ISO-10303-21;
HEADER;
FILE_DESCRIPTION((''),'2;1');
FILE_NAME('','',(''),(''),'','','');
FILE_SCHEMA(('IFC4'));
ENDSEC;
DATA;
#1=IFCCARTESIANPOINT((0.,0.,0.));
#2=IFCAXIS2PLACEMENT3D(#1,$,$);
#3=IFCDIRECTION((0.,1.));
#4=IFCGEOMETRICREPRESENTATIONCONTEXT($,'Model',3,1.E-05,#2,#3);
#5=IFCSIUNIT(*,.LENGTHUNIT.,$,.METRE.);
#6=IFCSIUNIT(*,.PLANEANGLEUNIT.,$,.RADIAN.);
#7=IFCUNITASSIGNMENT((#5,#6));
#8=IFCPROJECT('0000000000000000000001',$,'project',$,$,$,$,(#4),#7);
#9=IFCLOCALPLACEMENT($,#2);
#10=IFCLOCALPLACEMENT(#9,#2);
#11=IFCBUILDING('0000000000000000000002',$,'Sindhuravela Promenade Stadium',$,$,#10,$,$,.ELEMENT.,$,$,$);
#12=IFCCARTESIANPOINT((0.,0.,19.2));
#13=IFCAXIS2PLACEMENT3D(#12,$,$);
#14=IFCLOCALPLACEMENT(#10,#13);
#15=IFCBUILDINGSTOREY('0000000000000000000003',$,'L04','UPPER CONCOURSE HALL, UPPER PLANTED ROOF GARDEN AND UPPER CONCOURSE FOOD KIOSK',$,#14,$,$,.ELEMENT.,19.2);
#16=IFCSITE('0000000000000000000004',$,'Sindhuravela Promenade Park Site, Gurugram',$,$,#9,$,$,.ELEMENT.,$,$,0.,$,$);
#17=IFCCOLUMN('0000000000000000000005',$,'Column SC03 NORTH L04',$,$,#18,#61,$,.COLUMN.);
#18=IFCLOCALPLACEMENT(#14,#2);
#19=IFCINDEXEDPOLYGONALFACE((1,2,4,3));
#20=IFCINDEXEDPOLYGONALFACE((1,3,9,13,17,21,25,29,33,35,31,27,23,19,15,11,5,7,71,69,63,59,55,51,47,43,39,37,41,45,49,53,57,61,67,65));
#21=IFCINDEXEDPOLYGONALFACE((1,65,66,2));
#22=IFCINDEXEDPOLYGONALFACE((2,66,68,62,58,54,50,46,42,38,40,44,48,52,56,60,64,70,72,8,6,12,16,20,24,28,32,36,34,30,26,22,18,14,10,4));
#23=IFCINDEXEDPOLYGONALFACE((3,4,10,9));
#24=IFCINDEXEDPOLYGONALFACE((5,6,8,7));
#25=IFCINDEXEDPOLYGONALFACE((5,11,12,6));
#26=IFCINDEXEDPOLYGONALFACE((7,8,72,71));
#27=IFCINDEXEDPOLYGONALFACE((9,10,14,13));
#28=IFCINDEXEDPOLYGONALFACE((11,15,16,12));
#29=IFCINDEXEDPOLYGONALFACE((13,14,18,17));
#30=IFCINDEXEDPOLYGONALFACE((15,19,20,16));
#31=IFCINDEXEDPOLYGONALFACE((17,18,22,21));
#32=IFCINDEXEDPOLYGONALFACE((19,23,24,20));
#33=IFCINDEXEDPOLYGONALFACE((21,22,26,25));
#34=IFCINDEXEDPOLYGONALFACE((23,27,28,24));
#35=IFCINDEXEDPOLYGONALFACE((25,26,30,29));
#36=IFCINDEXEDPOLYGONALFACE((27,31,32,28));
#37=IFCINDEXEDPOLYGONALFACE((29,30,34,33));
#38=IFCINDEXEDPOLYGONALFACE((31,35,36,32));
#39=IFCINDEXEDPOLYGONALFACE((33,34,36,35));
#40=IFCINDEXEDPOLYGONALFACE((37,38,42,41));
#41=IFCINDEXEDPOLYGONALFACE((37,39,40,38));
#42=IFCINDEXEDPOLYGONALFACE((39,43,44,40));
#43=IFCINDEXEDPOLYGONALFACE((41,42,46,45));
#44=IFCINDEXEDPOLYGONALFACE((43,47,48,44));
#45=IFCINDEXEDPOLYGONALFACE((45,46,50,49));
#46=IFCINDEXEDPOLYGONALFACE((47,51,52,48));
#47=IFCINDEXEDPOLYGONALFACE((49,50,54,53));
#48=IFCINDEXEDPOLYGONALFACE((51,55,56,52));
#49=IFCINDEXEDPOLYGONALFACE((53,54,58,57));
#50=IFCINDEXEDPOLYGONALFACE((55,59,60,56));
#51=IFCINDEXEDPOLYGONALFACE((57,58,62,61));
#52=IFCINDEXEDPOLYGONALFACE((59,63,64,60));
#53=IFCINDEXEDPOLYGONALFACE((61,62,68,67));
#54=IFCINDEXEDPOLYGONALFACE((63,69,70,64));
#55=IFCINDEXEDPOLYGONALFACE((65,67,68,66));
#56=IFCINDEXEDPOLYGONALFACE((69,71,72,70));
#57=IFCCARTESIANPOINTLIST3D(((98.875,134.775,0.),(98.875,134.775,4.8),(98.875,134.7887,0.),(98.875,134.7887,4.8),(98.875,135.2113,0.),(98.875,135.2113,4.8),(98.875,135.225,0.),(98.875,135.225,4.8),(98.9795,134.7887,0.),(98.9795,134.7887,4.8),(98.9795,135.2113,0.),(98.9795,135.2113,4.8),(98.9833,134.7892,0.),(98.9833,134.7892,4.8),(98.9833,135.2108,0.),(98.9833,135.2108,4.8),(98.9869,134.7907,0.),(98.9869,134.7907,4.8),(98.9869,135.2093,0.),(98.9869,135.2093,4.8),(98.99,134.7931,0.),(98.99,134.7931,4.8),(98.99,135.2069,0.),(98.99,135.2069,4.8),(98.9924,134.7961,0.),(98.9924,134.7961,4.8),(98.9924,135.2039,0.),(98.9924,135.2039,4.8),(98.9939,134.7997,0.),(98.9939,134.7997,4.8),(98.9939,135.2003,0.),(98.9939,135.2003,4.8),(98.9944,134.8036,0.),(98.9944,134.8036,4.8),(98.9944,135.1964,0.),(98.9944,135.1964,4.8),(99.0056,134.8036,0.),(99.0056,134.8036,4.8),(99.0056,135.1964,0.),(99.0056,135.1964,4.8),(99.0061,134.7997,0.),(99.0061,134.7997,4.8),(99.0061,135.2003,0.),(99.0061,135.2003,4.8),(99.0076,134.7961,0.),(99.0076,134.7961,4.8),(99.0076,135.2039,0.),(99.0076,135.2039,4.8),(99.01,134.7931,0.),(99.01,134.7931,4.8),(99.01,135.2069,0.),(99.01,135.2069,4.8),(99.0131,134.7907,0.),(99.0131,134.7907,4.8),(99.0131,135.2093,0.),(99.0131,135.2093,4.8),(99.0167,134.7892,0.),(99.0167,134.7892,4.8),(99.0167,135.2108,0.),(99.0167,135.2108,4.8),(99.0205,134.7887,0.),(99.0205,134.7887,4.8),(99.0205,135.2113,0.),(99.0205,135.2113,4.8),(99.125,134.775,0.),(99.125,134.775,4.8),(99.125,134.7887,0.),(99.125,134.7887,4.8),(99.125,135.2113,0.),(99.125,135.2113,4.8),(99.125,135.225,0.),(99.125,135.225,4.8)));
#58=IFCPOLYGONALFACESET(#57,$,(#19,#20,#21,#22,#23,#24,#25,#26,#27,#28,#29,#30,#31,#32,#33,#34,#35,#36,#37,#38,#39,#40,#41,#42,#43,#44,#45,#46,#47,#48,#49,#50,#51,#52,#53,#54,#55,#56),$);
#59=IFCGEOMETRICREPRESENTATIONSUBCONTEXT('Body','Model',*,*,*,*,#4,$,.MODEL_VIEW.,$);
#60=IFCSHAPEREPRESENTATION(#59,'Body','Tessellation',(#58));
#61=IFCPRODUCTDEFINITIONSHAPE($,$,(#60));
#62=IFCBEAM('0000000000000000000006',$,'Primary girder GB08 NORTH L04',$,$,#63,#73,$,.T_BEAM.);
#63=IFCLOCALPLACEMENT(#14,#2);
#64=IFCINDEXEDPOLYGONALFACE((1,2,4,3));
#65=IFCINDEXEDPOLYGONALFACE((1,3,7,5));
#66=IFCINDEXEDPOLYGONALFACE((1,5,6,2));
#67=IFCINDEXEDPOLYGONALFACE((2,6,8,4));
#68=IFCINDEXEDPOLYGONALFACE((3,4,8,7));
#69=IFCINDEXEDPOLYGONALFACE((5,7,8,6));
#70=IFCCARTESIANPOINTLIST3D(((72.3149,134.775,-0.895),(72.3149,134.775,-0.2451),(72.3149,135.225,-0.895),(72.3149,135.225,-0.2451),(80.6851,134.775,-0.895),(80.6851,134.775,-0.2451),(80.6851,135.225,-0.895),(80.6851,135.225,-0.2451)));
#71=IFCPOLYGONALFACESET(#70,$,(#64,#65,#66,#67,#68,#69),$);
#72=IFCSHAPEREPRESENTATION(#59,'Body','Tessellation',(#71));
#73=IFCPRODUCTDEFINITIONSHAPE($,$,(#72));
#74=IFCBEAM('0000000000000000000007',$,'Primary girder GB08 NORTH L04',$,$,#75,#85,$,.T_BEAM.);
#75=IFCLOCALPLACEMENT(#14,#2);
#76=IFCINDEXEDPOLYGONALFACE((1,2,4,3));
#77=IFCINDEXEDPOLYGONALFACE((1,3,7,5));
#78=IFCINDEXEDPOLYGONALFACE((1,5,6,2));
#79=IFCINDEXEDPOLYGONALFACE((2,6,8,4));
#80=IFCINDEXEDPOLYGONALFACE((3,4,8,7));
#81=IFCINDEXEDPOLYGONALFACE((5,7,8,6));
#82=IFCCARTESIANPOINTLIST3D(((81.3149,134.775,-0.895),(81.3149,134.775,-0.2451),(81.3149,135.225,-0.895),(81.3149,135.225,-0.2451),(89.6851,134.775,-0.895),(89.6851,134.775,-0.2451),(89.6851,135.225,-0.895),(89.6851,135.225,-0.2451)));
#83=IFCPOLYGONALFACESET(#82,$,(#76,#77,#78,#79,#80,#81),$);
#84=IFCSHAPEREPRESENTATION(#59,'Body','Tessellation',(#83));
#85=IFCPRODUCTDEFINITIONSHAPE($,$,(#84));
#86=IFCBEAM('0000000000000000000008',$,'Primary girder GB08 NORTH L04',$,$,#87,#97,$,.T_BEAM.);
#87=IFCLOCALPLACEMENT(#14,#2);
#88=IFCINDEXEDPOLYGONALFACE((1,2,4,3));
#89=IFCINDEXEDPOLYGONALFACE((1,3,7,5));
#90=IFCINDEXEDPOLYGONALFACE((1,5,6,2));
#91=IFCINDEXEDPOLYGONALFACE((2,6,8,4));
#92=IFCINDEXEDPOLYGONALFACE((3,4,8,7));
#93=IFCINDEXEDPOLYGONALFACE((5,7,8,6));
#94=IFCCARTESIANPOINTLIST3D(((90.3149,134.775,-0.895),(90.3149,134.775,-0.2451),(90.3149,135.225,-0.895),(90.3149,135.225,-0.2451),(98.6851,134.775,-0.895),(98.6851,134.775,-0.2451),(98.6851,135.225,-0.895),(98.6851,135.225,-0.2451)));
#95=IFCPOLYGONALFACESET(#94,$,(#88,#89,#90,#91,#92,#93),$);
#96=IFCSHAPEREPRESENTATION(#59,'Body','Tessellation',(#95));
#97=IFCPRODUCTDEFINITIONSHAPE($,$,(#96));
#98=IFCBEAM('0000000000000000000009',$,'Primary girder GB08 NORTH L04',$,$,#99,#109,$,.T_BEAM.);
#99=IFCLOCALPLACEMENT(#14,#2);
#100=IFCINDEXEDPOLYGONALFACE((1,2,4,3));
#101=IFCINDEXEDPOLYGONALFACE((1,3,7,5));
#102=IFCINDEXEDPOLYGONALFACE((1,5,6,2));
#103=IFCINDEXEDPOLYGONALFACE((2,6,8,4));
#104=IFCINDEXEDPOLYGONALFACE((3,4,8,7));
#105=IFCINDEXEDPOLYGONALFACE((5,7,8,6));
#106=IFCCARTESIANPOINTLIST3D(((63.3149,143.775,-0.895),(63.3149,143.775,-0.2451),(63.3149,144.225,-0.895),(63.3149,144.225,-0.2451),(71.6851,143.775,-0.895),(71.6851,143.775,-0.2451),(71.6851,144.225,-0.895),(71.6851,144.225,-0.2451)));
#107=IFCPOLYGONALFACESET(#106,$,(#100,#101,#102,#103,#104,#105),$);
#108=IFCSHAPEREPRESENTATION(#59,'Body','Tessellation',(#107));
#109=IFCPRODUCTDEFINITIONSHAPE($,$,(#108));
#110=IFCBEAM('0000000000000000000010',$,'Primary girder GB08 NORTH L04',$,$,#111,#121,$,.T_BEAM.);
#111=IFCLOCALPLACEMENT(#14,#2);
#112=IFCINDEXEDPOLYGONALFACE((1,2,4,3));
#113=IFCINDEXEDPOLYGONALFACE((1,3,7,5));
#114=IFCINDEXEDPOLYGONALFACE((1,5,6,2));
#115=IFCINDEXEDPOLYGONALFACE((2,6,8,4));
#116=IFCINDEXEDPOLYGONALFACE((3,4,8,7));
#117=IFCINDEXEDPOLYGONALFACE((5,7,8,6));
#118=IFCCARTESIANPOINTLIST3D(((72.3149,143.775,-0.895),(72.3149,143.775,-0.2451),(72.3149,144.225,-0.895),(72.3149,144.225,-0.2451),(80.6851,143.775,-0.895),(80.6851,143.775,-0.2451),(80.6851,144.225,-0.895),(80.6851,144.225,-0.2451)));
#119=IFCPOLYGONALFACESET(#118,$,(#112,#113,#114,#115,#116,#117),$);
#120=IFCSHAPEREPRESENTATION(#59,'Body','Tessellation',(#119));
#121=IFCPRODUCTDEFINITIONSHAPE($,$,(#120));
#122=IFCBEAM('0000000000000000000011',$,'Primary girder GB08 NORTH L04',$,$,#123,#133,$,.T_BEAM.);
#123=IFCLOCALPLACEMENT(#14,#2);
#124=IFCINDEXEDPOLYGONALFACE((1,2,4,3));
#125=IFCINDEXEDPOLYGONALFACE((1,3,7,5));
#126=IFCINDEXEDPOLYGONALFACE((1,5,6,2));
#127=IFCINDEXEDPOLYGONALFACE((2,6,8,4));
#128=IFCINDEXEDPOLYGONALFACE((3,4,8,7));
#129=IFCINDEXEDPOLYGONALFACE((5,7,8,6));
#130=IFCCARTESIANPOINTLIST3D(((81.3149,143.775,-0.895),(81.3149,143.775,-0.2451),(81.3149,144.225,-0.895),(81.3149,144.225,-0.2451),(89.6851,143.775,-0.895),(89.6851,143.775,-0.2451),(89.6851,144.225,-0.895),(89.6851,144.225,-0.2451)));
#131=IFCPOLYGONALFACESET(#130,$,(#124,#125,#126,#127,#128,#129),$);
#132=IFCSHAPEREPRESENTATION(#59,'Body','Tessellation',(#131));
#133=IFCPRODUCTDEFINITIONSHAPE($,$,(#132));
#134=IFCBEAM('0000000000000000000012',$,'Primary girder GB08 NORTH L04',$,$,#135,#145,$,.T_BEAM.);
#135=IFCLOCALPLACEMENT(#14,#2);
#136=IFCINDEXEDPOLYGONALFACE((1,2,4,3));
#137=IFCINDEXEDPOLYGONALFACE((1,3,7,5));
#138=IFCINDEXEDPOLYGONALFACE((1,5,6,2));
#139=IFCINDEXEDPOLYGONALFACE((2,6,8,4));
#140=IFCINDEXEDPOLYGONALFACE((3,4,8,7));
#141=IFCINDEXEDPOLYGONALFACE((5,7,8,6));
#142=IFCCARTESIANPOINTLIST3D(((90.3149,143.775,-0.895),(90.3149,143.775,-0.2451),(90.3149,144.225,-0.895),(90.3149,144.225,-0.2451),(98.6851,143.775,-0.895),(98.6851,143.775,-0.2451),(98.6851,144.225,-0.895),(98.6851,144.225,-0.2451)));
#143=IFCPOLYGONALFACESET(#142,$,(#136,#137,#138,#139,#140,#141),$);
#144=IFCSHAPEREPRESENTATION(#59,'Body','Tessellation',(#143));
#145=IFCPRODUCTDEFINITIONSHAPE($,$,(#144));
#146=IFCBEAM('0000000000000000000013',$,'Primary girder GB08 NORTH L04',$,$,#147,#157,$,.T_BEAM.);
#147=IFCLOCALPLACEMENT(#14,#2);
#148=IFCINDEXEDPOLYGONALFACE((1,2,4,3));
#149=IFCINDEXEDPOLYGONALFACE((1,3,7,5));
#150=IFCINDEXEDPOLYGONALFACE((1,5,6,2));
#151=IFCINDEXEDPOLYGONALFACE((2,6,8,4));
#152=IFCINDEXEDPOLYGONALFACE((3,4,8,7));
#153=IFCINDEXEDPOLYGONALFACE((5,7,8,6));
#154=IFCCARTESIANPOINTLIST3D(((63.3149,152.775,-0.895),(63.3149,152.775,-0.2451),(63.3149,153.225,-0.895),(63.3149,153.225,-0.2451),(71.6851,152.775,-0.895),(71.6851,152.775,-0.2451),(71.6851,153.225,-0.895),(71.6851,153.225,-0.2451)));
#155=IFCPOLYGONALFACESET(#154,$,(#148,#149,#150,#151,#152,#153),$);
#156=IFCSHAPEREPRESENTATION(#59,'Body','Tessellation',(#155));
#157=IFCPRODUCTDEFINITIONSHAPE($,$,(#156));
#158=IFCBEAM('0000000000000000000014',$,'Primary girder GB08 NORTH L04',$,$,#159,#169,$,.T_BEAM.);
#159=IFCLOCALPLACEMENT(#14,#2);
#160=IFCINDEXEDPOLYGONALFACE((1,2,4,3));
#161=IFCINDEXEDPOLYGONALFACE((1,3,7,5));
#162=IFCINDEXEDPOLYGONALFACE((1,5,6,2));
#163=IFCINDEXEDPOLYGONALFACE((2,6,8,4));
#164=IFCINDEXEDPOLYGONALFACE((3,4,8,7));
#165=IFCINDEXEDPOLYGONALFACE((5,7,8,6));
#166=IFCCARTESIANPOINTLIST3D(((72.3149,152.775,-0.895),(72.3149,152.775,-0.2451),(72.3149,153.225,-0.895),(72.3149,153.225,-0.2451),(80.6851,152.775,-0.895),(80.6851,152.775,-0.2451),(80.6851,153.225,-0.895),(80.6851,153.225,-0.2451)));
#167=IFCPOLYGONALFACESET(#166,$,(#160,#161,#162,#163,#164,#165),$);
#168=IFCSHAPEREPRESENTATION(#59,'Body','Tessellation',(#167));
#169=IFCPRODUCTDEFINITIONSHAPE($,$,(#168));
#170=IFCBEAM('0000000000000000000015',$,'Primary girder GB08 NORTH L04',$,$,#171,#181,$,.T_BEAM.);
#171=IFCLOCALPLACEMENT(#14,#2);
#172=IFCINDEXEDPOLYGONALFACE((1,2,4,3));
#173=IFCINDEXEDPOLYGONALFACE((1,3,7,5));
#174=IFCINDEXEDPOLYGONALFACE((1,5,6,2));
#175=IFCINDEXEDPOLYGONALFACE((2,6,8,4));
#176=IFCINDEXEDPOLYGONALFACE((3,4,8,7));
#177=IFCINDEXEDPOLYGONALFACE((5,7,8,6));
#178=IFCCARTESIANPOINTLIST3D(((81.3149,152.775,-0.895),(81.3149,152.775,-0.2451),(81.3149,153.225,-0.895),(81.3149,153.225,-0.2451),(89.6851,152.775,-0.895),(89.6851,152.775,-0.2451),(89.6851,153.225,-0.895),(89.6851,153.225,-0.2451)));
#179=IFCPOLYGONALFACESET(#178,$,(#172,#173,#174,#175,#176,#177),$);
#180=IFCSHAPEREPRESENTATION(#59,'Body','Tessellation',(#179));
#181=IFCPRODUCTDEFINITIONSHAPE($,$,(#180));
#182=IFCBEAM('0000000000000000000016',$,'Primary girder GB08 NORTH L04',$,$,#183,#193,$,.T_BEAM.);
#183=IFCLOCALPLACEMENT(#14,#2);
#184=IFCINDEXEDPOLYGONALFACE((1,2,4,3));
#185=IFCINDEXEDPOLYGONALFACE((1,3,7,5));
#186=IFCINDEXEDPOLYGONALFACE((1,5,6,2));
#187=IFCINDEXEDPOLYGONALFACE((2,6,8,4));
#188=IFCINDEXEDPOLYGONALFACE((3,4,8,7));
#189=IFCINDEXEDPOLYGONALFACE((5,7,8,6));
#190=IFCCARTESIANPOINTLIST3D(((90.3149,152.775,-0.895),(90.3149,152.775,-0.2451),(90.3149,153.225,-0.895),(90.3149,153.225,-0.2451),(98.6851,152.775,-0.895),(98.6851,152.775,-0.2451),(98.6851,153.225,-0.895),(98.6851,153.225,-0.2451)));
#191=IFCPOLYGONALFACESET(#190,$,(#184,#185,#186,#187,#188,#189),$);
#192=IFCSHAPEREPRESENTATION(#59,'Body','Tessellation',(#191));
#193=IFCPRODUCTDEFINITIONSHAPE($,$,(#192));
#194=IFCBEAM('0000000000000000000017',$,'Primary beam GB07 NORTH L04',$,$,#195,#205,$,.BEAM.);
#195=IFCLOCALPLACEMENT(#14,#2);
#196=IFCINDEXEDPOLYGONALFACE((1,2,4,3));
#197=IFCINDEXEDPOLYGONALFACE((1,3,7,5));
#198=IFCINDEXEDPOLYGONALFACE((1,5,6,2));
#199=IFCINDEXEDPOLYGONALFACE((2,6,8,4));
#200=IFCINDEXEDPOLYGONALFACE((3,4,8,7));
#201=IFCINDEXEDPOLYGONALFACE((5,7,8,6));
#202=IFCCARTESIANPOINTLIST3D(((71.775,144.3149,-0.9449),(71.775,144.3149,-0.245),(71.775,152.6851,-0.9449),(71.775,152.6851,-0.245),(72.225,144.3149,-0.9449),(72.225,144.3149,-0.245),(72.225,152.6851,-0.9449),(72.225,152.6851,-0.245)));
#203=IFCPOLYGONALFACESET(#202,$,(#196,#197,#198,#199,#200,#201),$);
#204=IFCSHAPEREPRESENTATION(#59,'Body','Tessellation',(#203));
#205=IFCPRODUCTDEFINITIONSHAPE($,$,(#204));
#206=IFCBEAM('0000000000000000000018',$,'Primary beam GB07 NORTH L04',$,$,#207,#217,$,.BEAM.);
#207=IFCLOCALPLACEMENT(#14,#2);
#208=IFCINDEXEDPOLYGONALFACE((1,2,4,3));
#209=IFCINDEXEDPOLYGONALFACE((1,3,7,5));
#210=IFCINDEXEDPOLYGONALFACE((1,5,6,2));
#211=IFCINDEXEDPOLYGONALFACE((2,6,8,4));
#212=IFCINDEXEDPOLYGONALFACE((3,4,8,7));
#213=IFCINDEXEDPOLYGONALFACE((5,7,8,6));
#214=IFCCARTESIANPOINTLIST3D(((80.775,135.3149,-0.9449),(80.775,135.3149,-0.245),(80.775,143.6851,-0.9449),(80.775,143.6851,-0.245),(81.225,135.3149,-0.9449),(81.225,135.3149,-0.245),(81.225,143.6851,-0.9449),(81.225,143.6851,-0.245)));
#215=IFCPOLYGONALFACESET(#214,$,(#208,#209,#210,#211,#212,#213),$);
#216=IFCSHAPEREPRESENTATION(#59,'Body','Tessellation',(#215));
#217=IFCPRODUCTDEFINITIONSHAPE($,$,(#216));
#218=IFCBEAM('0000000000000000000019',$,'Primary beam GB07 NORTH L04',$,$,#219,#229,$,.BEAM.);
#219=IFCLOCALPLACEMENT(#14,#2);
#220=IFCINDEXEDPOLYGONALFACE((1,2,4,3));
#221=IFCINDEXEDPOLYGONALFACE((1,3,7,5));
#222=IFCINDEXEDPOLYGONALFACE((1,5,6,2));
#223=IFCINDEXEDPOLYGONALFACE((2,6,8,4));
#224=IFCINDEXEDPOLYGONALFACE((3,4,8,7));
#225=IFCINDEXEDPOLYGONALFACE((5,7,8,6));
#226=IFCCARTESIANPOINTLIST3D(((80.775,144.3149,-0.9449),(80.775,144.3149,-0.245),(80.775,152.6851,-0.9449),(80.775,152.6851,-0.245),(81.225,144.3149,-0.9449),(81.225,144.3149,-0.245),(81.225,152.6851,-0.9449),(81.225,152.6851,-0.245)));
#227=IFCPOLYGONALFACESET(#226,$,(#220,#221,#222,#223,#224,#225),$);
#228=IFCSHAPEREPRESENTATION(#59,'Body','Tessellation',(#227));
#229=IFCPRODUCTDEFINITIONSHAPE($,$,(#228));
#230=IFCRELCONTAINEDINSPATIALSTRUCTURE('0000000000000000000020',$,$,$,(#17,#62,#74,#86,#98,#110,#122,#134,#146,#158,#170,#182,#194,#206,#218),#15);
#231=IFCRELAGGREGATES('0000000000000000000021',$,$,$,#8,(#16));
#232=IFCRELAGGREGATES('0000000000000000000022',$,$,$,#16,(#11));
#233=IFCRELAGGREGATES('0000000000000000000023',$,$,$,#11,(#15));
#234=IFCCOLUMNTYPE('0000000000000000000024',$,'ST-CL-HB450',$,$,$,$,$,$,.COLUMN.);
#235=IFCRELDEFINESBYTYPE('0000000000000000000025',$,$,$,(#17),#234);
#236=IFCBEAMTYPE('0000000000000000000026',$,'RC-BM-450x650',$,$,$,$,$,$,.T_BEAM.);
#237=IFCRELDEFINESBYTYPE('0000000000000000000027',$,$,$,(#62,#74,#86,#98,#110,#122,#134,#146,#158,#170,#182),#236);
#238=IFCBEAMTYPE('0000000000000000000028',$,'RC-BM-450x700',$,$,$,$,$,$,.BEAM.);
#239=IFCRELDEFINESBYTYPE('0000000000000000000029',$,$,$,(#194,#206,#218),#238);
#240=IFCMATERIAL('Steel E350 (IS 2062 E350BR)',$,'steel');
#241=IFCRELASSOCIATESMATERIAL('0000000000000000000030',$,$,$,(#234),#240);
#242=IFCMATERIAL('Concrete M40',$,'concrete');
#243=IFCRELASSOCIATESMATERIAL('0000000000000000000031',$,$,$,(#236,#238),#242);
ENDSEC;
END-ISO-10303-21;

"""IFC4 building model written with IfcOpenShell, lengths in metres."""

from ifc_helpers import new_model, si_unit, direction, frame, origin, origin_2d, place, context, subcontext, project, spatial, rectangle, i_section, extrude, material, material_profile, profile_set, type_object, element, save


model = new_model("IFC4")

# Units and contexts
model_context = context("Model", 3, precision=1e-05, world=origin(), true_north=direction((0.0, 1.0)))
body_context = subcontext(model_context, "Body", "Model", "MODEL_VIEW")
ifc_project = project(units=[si_unit("LENGTHUNIT", "METRE"), si_unit("PLANEANGLEUNIT", "RADIAN")], contexts=[model_context])

# Site, building, storey
site_placement = place(None, origin())
site = spatial("IfcSite", under=ifc_project, at=site_placement, Name="Sindhuravela Promenade Park Site, Gurugram", CompositionType="ELEMENT", RefElevation=0.0)
building_placement = place(site_placement, origin())
building = spatial("IfcBuilding", under=site, at=building_placement, Name="Sindhuravela Promenade Stadium", CompositionType="ELEMENT")
storey_placement = place(building_placement, frame((0.0, 0.0, 19.2)))
storey = spatial("IfcBuildingStorey", under=building, at=storey_placement, Name="L04", Description="UPPER CONCOURSE HALL, UPPER PLANTED ROOF GARDEN AND UPPER CONCOURSE FOOD KIOSK", CompositionType="ELEMENT", Elevation=19.2)

# Column
ifc_material_1 = material(Name="Steel E350 (IS 2062 E350BR)", Category="steel")
ifc_material_profile_1 = material_profile(ifc_material_1, i_section(OverallWidth=0.25, OverallDepth=0.45, WebThickness=0.0112, FlangeThickness=0.0137, FilletRadius=0.0149, at=origin_2d()), Name="ISHB 450")
ifc_profile_set_1 = profile_set([ifc_material_profile_1], Name="Steel E350 (IS 2062 E350BR)")
column_type_1 = type_object("IfcColumnType", Name="ST-CL-HB450", PredefinedType="COLUMN", material=ifc_profile_set_1)
column_placement = place(storey_placement, frame((99.0, 135.0, 0.0), z_axis=(0.0, 0.0, 1.0), x_axis=(1.0, 0.0, 0.0)))
element("IfcColumn", 1, at=column_placement, inside=storey, type_object=column_type_1, Name="Column SC03 NORTH L04", PredefinedType="COLUMN", context=body_context, shape_type="SweptSolid", body=[
    extrude(i_section(OverallWidth=0.25, OverallDepth=0.45, WebThickness=0.0112, FlangeThickness=0.0137, FilletRadius=0.0149, at=origin_2d()), origin(), (0.0, 0.0, 1.0), 4.8),
])

# Beams
ifc_material_2 = material(Name="Concrete M40", Category="concrete")
ifc_material_profile_2 = material_profile(ifc_material_2, rectangle(XDim=0.45, YDim=0.6499, at=origin_2d()), Name="RC 450x650")
ifc_profile_set_2 = profile_set([ifc_material_profile_2], Name="Concrete M40")
beam_type_1 = type_object("IfcBeamType", Name="RC-BM-450x650", PredefinedType="T_BEAM", material=ifc_profile_set_2)
for number, where, z_axis, x_axis, name in (
    (2, (72.3149, 135.0, -0.5701), (1.0, 0.0, 0.0), (0.0, 1.0, 0.0), "Primary girder GB08 NORTH L04"),
    (3, (81.3149, 135.0, -0.5701), (1.0, 0.0, 0.0), (0.0, 1.0, 0.0), "Primary girder GB08 NORTH L04"),
    (4, (90.3149, 135.0, -0.5701), (1.0, 0.0, 0.0), (0.0, 1.0, 0.0), "Primary girder GB08 NORTH L04"),
    (5, (63.3149, 144.0, -0.5701), (1.0, 0.0, 0.0), (0.0, 1.0, 0.0), "Primary girder GB08 NORTH L04"),
    (6, (72.3149, 144.0, -0.5701), (1.0, 0.0, 0.0), (0.0, 1.0, 0.0), "Primary girder GB08 NORTH L04"),
    (7, (81.3149, 144.0, -0.5701), (1.0, 0.0, 0.0), (0.0, 1.0, 0.0), "Primary girder GB08 NORTH L04"),
    (8, (90.3149, 144.0, -0.5701), (1.0, 0.0, 0.0), (0.0, 1.0, 0.0), "Primary girder GB08 NORTH L04"),
    (9, (63.3149, 153.0, -0.5701), (1.0, 0.0, 0.0), (0.0, 1.0, 0.0), "Primary girder GB08 NORTH L04"),
    (10, (72.3149, 153.0, -0.5701), (1.0, 0.0, 0.0), (0.0, 1.0, 0.0), "Primary girder GB08 NORTH L04"),
    (11, (81.3149, 153.0, -0.5701), (1.0, 0.0, 0.0), (0.0, 1.0, 0.0), "Primary girder GB08 NORTH L04"),
    (12, (90.3149, 153.0, -0.5701), (1.0, 0.0, 0.0), (0.0, 1.0, 0.0), "Primary girder GB08 NORTH L04"),
):
    element("IfcBeam", number, at=place(storey_placement, frame(where, z_axis=z_axis, x_axis=x_axis)), inside=storey, type_object=beam_type_1, Name=name, PredefinedType="T_BEAM", context=body_context, shape_type="SweptSolid", body=[
        extrude(rectangle(XDim=0.45, YDim=0.6499, at=origin_2d()), origin(), (0.0, 0.0, 1.0), 8.3701),
    ])
ifc_material_profile_3 = material_profile(ifc_material_2, rectangle(XDim=0.45, YDim=0.7, at=origin_2d()), Name="RC 450x700")
ifc_profile_set_3 = profile_set([ifc_material_profile_3], Name="Concrete M40")
beam_type_2 = type_object("IfcBeamType", Name="RC-BM-450x700", PredefinedType="BEAM", material=ifc_profile_set_3)
for number, where, z_axis, x_axis, name in (
    (13, (72.0, 144.3149, -0.595), (0.0, 1.0, 0.0), (-1.0, 0.0, 0.0), "Primary beam GB07 NORTH L04"),
    (14, (81.0, 135.3149, -0.595), (0.0, 1.0, 0.0), (-1.0, 0.0, 0.0), "Primary beam GB07 NORTH L04"),
    (15, (81.0, 144.3149, -0.595), (0.0, 1.0, 0.0), (-1.0, 0.0, 0.0), "Primary beam GB07 NORTH L04"),
):
    element("IfcBeam", number, at=place(storey_placement, frame(where, z_axis=z_axis, x_axis=x_axis)), inside=storey, type_object=beam_type_2, Name=name, PredefinedType="BEAM", context=body_context, shape_type="SweptSolid", body=[
        extrude(rectangle(XDim=0.45, YDim=0.7, at=origin_2d()), origin(), (0.0, 0.0, 1.0), 8.3701),
    ])

save(model, "model.ifc")
